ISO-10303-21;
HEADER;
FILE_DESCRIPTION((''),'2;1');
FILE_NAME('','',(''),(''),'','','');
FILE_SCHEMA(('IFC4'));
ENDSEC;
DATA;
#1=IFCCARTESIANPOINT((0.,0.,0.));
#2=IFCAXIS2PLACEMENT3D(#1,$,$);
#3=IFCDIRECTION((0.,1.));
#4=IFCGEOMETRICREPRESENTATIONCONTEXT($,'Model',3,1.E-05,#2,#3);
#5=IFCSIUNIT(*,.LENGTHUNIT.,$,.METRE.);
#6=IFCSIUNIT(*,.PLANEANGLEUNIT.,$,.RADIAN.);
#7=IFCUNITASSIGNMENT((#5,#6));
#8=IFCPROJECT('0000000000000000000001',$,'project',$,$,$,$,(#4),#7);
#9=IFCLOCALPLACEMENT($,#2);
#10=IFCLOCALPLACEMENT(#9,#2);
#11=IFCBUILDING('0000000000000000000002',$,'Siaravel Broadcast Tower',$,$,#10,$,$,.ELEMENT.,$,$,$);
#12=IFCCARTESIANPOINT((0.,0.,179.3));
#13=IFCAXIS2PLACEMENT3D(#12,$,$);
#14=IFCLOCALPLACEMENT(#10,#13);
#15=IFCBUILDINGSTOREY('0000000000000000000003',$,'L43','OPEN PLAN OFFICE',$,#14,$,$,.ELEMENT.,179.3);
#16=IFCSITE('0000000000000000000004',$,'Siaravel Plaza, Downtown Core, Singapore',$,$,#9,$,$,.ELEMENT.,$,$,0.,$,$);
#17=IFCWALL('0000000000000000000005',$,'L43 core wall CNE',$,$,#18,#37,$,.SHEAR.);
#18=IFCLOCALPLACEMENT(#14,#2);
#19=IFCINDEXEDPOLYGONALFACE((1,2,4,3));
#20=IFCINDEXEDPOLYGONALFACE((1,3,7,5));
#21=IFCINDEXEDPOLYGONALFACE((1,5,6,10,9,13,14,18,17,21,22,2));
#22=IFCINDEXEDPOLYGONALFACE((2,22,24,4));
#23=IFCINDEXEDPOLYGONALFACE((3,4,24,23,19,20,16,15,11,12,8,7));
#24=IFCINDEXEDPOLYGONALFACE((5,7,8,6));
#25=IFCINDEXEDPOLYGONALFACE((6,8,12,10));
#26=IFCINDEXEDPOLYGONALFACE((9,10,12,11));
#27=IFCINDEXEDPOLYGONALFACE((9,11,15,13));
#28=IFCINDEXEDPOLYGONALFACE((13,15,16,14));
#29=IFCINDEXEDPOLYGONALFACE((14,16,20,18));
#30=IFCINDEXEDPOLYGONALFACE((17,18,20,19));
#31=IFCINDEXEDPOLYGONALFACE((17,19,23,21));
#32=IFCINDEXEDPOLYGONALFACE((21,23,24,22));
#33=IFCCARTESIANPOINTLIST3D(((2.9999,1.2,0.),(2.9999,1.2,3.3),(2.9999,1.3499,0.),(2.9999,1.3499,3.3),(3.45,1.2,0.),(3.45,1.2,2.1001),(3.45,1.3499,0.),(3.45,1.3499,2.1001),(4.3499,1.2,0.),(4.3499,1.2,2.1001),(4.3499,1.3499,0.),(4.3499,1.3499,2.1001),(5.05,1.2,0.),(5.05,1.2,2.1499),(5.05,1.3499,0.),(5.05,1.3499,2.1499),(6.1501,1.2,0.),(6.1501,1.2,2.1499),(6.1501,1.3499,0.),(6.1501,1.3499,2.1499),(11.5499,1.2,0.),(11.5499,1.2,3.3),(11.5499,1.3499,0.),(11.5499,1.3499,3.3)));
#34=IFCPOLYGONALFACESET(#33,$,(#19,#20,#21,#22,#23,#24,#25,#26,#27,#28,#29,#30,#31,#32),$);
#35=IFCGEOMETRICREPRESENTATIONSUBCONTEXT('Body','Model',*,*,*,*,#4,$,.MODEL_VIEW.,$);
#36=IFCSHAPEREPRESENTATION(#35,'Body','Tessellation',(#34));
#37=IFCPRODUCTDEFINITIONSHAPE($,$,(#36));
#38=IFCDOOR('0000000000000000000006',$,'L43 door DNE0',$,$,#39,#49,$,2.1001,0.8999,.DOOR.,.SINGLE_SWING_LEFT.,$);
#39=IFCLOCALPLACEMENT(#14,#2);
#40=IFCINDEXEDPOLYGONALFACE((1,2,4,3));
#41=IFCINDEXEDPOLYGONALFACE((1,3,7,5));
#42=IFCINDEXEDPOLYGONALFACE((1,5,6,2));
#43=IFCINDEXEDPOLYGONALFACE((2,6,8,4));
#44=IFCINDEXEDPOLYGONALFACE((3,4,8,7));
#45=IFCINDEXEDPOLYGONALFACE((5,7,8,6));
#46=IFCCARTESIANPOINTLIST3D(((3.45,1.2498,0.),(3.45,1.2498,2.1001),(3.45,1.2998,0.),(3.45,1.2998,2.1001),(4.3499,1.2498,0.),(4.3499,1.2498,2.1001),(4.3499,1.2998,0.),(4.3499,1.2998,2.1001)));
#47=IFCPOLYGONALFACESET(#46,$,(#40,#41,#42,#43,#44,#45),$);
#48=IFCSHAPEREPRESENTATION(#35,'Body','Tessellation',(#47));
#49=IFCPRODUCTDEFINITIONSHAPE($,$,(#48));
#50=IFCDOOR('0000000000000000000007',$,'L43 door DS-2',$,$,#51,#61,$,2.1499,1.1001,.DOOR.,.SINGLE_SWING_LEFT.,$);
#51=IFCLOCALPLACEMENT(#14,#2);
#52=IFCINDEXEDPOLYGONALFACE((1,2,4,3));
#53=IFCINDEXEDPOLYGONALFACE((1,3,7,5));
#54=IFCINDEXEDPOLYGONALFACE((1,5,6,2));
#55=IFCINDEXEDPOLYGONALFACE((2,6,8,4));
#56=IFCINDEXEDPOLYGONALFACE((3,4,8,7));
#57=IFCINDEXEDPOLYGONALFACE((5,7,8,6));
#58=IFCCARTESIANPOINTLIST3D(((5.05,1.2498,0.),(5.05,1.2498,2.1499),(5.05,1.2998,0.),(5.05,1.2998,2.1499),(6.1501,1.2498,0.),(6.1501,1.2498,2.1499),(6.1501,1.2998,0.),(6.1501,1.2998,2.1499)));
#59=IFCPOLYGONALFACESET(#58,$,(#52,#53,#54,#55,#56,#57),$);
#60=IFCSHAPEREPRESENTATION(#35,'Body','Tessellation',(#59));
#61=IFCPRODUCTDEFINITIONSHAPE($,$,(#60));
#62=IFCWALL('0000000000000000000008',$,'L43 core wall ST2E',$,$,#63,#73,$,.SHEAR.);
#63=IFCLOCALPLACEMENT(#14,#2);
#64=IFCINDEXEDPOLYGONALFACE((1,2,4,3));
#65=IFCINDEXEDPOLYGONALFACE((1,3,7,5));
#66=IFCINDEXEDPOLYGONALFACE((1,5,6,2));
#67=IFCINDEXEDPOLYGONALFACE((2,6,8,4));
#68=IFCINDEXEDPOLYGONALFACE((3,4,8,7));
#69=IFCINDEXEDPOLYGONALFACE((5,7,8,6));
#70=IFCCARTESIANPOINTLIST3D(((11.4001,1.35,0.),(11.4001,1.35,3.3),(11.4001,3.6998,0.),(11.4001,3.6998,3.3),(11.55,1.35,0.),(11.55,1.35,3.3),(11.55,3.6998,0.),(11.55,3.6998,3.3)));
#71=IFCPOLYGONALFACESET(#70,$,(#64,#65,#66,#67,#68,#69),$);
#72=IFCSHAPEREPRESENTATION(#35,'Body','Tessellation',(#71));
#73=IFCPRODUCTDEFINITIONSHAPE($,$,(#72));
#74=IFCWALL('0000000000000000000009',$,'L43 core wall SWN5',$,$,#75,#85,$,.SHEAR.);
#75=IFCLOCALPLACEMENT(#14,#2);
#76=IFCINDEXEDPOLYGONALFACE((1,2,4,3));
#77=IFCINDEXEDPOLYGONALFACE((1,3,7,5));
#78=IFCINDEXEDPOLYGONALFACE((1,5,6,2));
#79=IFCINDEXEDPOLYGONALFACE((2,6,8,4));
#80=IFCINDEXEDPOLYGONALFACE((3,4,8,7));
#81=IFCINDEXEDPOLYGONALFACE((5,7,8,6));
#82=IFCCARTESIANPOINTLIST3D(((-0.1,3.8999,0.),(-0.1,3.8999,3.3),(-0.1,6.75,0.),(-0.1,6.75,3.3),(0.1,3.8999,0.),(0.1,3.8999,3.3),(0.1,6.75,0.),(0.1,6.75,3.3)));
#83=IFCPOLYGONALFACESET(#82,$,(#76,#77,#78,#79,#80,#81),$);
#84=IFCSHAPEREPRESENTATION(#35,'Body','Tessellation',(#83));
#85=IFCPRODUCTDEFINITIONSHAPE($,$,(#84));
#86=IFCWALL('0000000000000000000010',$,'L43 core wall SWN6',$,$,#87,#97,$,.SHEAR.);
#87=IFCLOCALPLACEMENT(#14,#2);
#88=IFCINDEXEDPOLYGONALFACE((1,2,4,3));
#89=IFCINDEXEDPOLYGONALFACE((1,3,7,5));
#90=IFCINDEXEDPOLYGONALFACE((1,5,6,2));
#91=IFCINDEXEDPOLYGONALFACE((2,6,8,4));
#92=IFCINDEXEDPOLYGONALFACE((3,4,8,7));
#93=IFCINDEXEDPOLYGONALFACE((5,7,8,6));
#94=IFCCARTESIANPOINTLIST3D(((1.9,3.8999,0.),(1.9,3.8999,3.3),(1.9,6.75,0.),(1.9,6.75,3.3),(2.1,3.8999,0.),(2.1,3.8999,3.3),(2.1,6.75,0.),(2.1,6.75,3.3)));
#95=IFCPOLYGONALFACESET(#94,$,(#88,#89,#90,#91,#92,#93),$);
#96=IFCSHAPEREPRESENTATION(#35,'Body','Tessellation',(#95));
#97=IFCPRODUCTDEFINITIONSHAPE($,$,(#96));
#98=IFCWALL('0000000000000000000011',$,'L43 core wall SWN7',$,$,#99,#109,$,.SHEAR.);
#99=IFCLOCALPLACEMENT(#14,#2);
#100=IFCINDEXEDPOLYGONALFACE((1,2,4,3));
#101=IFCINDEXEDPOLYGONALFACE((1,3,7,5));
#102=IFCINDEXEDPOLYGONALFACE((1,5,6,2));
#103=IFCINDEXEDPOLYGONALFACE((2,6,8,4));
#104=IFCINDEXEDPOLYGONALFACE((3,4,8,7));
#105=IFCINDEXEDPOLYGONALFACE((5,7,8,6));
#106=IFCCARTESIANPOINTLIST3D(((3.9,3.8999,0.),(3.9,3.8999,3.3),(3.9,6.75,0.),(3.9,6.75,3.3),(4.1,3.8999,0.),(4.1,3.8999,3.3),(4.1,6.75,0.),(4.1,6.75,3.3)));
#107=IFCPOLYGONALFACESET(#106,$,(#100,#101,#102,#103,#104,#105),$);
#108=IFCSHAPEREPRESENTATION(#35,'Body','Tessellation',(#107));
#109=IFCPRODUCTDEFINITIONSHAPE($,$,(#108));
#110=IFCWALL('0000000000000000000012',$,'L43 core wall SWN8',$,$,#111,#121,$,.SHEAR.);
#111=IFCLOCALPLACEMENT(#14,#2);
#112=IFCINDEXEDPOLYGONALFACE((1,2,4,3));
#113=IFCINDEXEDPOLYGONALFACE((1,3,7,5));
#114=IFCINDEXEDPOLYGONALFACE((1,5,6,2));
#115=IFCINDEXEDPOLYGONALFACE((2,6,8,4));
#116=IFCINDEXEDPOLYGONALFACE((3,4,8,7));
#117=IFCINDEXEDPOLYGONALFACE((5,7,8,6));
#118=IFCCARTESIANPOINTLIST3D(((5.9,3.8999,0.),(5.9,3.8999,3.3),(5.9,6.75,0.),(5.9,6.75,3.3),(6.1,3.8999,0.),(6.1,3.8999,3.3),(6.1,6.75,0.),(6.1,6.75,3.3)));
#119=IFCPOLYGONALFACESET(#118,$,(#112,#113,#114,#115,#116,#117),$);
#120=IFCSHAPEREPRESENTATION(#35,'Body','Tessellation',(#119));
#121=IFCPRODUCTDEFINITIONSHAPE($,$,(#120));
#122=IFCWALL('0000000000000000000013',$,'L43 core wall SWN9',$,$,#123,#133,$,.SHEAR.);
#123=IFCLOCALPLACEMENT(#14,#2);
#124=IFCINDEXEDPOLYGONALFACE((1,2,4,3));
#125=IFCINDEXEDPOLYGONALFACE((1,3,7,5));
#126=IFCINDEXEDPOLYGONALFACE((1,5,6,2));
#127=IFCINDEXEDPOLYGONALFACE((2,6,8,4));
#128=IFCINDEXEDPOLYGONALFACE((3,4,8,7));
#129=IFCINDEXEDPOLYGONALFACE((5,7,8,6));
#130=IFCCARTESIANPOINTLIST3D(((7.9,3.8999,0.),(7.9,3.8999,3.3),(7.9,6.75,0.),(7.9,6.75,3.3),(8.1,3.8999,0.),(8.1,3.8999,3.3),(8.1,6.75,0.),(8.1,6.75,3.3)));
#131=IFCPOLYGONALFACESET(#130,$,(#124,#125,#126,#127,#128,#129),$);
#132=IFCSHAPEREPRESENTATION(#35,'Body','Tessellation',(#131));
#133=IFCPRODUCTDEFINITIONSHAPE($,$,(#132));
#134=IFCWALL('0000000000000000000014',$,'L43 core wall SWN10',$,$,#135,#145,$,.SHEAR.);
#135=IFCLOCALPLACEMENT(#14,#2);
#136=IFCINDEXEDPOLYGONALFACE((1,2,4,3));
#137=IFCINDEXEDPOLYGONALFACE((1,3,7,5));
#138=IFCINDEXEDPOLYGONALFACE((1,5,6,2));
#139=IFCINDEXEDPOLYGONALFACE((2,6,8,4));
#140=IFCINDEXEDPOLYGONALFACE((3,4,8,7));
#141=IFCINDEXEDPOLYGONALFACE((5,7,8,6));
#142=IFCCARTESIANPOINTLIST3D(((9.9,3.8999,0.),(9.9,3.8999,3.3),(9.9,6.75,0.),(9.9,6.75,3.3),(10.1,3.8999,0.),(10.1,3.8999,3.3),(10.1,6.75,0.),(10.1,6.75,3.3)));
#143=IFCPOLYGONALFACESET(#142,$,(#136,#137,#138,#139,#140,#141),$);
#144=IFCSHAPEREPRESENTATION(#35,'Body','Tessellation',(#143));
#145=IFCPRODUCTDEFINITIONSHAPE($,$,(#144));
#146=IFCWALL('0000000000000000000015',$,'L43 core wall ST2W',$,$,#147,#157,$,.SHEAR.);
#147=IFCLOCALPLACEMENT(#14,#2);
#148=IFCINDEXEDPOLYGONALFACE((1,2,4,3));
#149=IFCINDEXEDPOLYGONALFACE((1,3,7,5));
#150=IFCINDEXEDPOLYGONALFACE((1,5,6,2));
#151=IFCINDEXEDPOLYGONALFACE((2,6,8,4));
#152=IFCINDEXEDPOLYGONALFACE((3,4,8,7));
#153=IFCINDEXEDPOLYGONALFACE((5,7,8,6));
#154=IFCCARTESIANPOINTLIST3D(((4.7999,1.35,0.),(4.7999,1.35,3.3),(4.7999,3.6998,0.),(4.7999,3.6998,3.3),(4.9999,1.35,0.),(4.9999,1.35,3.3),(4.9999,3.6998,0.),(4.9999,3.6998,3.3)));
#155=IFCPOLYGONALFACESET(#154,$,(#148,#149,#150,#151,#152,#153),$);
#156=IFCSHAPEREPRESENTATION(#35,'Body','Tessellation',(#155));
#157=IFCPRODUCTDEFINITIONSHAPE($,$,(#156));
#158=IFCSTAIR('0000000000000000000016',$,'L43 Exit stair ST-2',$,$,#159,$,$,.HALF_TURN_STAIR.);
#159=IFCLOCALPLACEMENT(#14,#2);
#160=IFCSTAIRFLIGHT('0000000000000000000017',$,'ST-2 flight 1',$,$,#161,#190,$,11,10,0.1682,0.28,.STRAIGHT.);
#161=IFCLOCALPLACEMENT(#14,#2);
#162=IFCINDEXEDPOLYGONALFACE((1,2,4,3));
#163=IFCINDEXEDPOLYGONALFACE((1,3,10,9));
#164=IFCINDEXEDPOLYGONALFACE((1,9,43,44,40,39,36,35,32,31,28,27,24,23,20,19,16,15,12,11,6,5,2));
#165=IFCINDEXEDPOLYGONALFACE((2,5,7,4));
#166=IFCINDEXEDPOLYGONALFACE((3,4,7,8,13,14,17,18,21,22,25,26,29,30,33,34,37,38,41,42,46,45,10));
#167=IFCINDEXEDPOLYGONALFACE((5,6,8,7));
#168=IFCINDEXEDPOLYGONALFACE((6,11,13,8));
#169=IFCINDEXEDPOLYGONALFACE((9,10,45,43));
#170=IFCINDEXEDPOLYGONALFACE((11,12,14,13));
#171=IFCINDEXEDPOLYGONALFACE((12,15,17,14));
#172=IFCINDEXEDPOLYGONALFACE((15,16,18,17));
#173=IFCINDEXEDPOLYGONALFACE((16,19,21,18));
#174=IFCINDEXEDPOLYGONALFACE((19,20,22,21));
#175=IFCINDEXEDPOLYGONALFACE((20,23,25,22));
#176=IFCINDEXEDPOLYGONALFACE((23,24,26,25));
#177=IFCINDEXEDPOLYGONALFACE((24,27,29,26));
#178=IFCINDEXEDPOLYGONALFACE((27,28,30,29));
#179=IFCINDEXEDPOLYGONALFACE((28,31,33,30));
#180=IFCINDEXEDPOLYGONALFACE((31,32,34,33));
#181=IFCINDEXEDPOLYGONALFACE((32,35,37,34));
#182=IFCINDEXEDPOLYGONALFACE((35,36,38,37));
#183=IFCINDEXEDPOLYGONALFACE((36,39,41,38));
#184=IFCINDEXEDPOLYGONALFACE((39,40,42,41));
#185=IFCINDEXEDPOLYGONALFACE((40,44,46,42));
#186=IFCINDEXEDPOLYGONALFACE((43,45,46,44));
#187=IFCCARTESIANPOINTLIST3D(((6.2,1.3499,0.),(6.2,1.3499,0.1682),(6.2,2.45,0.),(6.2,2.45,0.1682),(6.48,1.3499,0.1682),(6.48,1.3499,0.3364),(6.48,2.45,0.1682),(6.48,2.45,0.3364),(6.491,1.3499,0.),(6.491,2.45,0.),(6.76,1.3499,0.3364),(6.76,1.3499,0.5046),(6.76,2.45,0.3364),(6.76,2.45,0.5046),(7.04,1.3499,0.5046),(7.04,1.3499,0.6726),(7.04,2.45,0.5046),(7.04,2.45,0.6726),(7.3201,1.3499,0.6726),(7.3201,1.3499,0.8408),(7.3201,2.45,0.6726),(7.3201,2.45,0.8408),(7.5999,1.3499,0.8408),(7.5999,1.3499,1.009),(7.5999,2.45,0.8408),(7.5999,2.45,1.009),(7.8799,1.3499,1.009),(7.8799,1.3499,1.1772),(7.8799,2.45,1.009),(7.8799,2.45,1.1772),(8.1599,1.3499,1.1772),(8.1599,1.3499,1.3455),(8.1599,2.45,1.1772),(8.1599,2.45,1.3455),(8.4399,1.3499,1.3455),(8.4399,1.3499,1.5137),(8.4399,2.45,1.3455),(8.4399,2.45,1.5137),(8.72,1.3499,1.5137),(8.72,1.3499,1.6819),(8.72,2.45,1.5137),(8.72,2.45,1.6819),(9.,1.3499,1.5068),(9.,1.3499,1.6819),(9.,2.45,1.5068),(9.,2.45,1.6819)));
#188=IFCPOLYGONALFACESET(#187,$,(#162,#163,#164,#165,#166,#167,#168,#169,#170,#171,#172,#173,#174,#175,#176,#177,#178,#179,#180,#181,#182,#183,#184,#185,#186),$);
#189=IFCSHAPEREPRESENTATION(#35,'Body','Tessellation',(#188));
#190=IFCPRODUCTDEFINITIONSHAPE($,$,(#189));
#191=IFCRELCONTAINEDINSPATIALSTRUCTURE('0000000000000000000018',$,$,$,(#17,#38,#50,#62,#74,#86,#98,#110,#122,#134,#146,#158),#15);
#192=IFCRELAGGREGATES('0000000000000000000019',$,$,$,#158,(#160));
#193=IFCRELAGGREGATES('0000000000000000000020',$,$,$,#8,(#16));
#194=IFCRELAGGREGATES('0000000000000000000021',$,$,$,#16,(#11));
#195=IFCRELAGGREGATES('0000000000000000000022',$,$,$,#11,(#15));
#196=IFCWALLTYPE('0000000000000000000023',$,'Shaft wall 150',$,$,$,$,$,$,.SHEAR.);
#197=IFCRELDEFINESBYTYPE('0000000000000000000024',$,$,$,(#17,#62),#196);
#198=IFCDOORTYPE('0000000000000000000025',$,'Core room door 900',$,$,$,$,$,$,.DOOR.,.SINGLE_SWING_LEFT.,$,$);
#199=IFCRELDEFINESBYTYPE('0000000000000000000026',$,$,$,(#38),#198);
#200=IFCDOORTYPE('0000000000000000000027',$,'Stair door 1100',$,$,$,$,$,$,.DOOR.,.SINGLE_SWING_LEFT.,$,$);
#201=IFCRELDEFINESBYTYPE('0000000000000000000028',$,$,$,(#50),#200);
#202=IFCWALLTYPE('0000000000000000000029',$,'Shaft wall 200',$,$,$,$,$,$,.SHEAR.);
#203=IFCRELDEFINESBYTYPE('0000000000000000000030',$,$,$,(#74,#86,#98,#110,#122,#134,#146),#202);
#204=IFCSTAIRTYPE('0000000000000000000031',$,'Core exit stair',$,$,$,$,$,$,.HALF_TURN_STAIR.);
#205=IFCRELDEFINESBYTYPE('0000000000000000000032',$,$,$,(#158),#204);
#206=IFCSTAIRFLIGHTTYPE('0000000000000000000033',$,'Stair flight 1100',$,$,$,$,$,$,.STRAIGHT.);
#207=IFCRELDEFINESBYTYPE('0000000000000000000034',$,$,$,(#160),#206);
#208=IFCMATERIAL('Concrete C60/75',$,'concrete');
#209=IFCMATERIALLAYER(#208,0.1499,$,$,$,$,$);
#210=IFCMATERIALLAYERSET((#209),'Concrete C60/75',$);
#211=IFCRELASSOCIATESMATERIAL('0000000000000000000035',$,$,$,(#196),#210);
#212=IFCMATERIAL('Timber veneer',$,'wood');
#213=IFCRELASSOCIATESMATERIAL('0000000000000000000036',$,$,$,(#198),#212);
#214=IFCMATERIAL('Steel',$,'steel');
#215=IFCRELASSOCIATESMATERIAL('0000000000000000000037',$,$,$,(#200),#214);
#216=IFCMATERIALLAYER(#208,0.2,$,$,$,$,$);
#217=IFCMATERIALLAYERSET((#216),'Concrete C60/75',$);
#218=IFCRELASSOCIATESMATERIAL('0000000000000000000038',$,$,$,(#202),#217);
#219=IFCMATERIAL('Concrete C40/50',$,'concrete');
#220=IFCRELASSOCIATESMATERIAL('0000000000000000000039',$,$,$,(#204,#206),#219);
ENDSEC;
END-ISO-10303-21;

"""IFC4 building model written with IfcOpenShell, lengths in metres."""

from ifc_helpers import new_model, si_unit, direction, frame, frame_2d, origin, place, context, subcontext, project, spatial, polyline, rectangle, outline, extrude, material, layer, layer_set, type_object, element, fill, aggregate, save


model = new_model("IFC4")

# Units and contexts
model_context = context("Model", 3, precision=1e-05, world=origin(), true_north=direction((0.0, 1.0)))
body_context = subcontext(model_context, "Body", "Model", "MODEL_VIEW")
ifc_project = project(units=[si_unit("LENGTHUNIT", "METRE"), si_unit("PLANEANGLEUNIT", "RADIAN")], contexts=[model_context])

# Site, building, storey
site_placement = place(None, origin())
site = spatial("IfcSite", under=ifc_project, at=site_placement, Name="Siaravel Plaza, Downtown Core, Singapore", CompositionType="ELEMENT", RefElevation=0.0)
building_placement = place(site_placement, origin())
building = spatial("IfcBuilding", under=site, at=building_placement, Name="Siaravel Broadcast Tower", CompositionType="ELEMENT")
storey_placement = place(building_placement, frame((0.0, 0.0, 179.3)))
storey = spatial("IfcBuildingStorey", under=building, at=storey_placement, Name="L43", Description="OPEN PLAN OFFICE", CompositionType="ELEMENT", Elevation=179.3)

# Shared definitions
ifc_material_1 = material(Name="Concrete C60/75", Category="concrete")

# Shared definitions
ifc_material_2 = material(Name="Timber veneer", Category="wood")

# Wall, openings, doors
ifc_layer_1 = layer(ifc_material_1, 0.1499)
ifc_layer_set_1 = layer_set([ifc_layer_1], Name="Concrete C60/75")
wall_type_1 = type_object("IfcWallType", Name="Shaft wall 150", PredefinedType="SHEAR", material=ifc_layer_set_1)
wall_1_placement = place(storey_placement, frame((3.0, 1.2749, 0.0), z_axis=(0.0, 0.0, 1.0), x_axis=(1.0, 0.0, 0.0)))
wall_1 = element("IfcWall", 1, at=wall_1_placement, inside=storey, type_object=wall_type_1, Name="L43 core wall CNE", PredefinedType="SHEAR", context=body_context, shape_type="SweptSolid", body=[
    extrude(rectangle(XDim=8.55, YDim=0.1499, at=frame_2d((4.2749, 0.0))), origin(), (0.0, 0.0, 1.0), 3.3),
])
opening_1_placement = place(wall_1_placement, frame((2.05, 0.0, 0.0)))
opening_1 = element("IfcOpeningElement", 2, at=opening_1_placement, cuts=wall_1, PredefinedType="OPENING", context=body_context, shape_type="SweptSolid", body=[
    extrude(rectangle(XDim=1.1001, YDim=2.1499, at=frame_2d((0.55, 1.075))), frame((0.0, 0.085, 0.0), z_axis=(0.0, -1.0, 0.0), x_axis=(1.0, 0.0, 0.0)), (0.0, 0.0, 1.0), 0.1699),
])
opening_2_placement = place(wall_1_placement, frame((0.45, 0.0, 0.0)))
opening_2 = element("IfcOpeningElement", 3, at=opening_2_placement, cuts=wall_1, PredefinedType="OPENING", context=body_context, shape_type="SweptSolid", body=[
    extrude(rectangle(XDim=0.8999, YDim=2.1001, at=frame_2d((0.45, 1.05))), frame((0.0, 0.085, 0.0), z_axis=(0.0, -1.0, 0.0), x_axis=(1.0, 0.0, 0.0)), (0.0, 0.0, 1.0), 0.1699),
])
door_type_1 = type_object("IfcDoorType", Name="Core room door 900", OperationType="SINGLE_SWING_LEFT", PredefinedType="DOOR", material=ifc_material_2)
door_1_placement = place(opening_2_placement, origin())
door_1 = element("IfcDoor", 4, at=door_1_placement, inside=storey, type_object=door_type_1, Name="L43 door DNE0", OperationType="SINGLE_SWING_LEFT", OverallHeight=2.1001, OverallWidth=0.8999, PredefinedType="DOOR", context=body_context, shape_type="SweptSolid", body=[
    extrude(rectangle(XDim=0.8999, YDim=2.1001, at=frame_2d((0.45, 1.05))), frame((0.0, 0.0249, 0.0), z_axis=(0.0, -1.0, 0.0), x_axis=(1.0, 0.0, 0.0)), (0.0, 0.0, 1.0), 0.05),
])
fill(opening_2, door_1)
ifc_material_3 = material(Name="Steel", Category="steel")
door_type_2 = type_object("IfcDoorType", Name="Stair door 1100", OperationType="SINGLE_SWING_LEFT", PredefinedType="DOOR", material=ifc_material_3)
door_2_placement = place(opening_1_placement, origin())
door_2 = element("IfcDoor", 5, at=door_2_placement, inside=storey, type_object=door_type_2, Name="L43 door DS-2", OperationType="SINGLE_SWING_LEFT", OverallHeight=2.1499, OverallWidth=1.1001, PredefinedType="DOOR", context=body_context, shape_type="SweptSolid", body=[
    extrude(rectangle(XDim=1.1001, YDim=2.1499, at=frame_2d((0.55, 1.075))), frame((0.0, 0.0249, 0.0), z_axis=(0.0, -1.0, 0.0), x_axis=(1.0, 0.0, 0.0)), (0.0, 0.0, 1.0), 0.05),
])
fill(opening_1, door_2)

# Walls
wall_2_placement = place(storey_placement, frame((11.4751, 1.3501, 0.0), z_axis=(0.0, 0.0, 1.0), x_axis=(0.0, 1.0, 0.0)))
element("IfcWall", 6, at=wall_2_placement, inside=storey, type_object=wall_type_1, Name="L43 core wall ST2E", PredefinedType="SHEAR", context=body_context, shape_type="SweptSolid", body=[
    extrude(rectangle(XDim=2.3499, YDim=0.1499, at=frame_2d((1.1748, 0.0))), origin(), (0.0, 0.0, 1.0), 3.3),
])
ifc_layer_2 = layer(ifc_material_1, 0.2)
ifc_layer_set_2 = layer_set([ifc_layer_2], Name="Concrete C60/75")
wall_type_2 = type_object("IfcWallType", Name="Shaft wall 200", PredefinedType="SHEAR", material=ifc_layer_set_2)
for number, where, z_axis, x_axis, name in (
    (7, (0.0, 3.8999, 0.0), (0.0, 0.0, 1.0), (0.0, 1.0, 0.0), "L43 core wall SWN5"),
    (8, (2.0, 3.8999, 0.0), (0.0, 0.0, 1.0), (0.0, 1.0, 0.0), "L43 core wall SWN6"),
    (9, (4.0, 3.8999, 0.0), (0.0, 0.0, 1.0), (0.0, 1.0, 0.0), "L43 core wall SWN7"),
    (10, (6.0, 3.8999, 0.0), (0.0, 0.0, 1.0), (0.0, 1.0, 0.0), "L43 core wall SWN8"),
    (11, (8.0, 3.8999, 0.0), (0.0, 0.0, 1.0), (0.0, 1.0, 0.0), "L43 core wall SWN9"),
    (12, (10.0, 3.8999, 0.0), (0.0, 0.0, 1.0), (0.0, 1.0, 0.0), "L43 core wall SWN10"),
):
    element("IfcWall", number, at=place(storey_placement, frame(where, z_axis=z_axis, x_axis=x_axis)), inside=storey, type_object=wall_type_2, Name=name, PredefinedType="SHEAR", context=body_context, shape_type="SweptSolid", body=[
        extrude(rectangle(XDim=2.8501, YDim=0.2, at=frame_2d((1.425, 0.0))), origin(), (0.0, 0.0, 1.0), 3.3),
    ])
wall_3_placement = place(storey_placement, frame((4.8999, 1.3501, 0.0), z_axis=(0.0, 0.0, 1.0), x_axis=(0.0, 1.0, 0.0)))
element("IfcWall", 13, at=wall_3_placement, inside=storey, type_object=wall_type_2, Name="L43 core wall ST2W", PredefinedType="SHEAR", context=body_context, shape_type="SweptSolid", body=[
    extrude(rectangle(XDim=2.3499, YDim=0.2, at=frame_2d((1.1748, 0.0))), origin(), (0.0, 0.0, 1.0), 3.3),
])

# Stair, stair flight
ifc_material_4 = material(Name="Concrete C40/50", Category="concrete")
stair_type = type_object("IfcStairType", Name="Core exit stair", PredefinedType="HALF_TURN_STAIR", material=ifc_material_4)
stair_placement = place(storey_placement, origin())
stair = element("IfcStair", 14, at=stair_placement, inside=storey, type_object=stair_type, Name="L43 Exit stair ST-2", PredefinedType="HALF_TURN_STAIR")
stair_flight_type = type_object("IfcStairFlightType", Name="Stair flight 1100", PredefinedType="STRAIGHT", material=ifc_material_4)
stair_flight_1_placement = place(storey_placement, frame((6.2, 1.8999, 0.0), z_axis=(0.0, 0.0, 1.0), x_axis=(1.0, 0.0, 0.0)))
stair_flight_1 = element("IfcStairFlight", 15, at=stair_flight_1_placement, type_object=stair_flight_type, Name="ST-2 flight 1", NumberOfRisers=11, NumberOfTreads=10, PredefinedType="STRAIGHT", RiserHeight=0.1682, TreadLength=0.28, context=body_context, shape_type="SweptSolid", body=[
    extrude(outline(polyline([(0.0, 0.0), (0.0, 0.1682), (0.28, 0.1682), (0.28, 0.3364), (0.5601, 0.3364), (0.5601, 0.5046), (0.8401, 0.5046), (0.8401, 0.6726), (1.1201, 0.6726), (1.1201, 0.8408), (1.3999, 0.8408), (1.3999, 1.009), (1.6799, 1.009), (1.6799, 1.1772), (1.96, 1.1772), (1.96, 1.3455), (2.24, 1.3455), (2.24, 1.5137), (2.52, 1.5137), (2.52, 1.6819), (2.8, 1.6819), (2.8, 1.8501), (2.8, 1.5068), (0.291, 0.0), (0.0, 0.0)])), frame((0.0, 0.55, 0.0), z_axis=(0.0, -1.0, 0.0), x_axis=(1.0, 0.0, 0.0)), (0.0, 0.0, 1.0), 1.1001),
])
aggregate(stair, [stair_flight_1])

save(model, "model.ifc")
